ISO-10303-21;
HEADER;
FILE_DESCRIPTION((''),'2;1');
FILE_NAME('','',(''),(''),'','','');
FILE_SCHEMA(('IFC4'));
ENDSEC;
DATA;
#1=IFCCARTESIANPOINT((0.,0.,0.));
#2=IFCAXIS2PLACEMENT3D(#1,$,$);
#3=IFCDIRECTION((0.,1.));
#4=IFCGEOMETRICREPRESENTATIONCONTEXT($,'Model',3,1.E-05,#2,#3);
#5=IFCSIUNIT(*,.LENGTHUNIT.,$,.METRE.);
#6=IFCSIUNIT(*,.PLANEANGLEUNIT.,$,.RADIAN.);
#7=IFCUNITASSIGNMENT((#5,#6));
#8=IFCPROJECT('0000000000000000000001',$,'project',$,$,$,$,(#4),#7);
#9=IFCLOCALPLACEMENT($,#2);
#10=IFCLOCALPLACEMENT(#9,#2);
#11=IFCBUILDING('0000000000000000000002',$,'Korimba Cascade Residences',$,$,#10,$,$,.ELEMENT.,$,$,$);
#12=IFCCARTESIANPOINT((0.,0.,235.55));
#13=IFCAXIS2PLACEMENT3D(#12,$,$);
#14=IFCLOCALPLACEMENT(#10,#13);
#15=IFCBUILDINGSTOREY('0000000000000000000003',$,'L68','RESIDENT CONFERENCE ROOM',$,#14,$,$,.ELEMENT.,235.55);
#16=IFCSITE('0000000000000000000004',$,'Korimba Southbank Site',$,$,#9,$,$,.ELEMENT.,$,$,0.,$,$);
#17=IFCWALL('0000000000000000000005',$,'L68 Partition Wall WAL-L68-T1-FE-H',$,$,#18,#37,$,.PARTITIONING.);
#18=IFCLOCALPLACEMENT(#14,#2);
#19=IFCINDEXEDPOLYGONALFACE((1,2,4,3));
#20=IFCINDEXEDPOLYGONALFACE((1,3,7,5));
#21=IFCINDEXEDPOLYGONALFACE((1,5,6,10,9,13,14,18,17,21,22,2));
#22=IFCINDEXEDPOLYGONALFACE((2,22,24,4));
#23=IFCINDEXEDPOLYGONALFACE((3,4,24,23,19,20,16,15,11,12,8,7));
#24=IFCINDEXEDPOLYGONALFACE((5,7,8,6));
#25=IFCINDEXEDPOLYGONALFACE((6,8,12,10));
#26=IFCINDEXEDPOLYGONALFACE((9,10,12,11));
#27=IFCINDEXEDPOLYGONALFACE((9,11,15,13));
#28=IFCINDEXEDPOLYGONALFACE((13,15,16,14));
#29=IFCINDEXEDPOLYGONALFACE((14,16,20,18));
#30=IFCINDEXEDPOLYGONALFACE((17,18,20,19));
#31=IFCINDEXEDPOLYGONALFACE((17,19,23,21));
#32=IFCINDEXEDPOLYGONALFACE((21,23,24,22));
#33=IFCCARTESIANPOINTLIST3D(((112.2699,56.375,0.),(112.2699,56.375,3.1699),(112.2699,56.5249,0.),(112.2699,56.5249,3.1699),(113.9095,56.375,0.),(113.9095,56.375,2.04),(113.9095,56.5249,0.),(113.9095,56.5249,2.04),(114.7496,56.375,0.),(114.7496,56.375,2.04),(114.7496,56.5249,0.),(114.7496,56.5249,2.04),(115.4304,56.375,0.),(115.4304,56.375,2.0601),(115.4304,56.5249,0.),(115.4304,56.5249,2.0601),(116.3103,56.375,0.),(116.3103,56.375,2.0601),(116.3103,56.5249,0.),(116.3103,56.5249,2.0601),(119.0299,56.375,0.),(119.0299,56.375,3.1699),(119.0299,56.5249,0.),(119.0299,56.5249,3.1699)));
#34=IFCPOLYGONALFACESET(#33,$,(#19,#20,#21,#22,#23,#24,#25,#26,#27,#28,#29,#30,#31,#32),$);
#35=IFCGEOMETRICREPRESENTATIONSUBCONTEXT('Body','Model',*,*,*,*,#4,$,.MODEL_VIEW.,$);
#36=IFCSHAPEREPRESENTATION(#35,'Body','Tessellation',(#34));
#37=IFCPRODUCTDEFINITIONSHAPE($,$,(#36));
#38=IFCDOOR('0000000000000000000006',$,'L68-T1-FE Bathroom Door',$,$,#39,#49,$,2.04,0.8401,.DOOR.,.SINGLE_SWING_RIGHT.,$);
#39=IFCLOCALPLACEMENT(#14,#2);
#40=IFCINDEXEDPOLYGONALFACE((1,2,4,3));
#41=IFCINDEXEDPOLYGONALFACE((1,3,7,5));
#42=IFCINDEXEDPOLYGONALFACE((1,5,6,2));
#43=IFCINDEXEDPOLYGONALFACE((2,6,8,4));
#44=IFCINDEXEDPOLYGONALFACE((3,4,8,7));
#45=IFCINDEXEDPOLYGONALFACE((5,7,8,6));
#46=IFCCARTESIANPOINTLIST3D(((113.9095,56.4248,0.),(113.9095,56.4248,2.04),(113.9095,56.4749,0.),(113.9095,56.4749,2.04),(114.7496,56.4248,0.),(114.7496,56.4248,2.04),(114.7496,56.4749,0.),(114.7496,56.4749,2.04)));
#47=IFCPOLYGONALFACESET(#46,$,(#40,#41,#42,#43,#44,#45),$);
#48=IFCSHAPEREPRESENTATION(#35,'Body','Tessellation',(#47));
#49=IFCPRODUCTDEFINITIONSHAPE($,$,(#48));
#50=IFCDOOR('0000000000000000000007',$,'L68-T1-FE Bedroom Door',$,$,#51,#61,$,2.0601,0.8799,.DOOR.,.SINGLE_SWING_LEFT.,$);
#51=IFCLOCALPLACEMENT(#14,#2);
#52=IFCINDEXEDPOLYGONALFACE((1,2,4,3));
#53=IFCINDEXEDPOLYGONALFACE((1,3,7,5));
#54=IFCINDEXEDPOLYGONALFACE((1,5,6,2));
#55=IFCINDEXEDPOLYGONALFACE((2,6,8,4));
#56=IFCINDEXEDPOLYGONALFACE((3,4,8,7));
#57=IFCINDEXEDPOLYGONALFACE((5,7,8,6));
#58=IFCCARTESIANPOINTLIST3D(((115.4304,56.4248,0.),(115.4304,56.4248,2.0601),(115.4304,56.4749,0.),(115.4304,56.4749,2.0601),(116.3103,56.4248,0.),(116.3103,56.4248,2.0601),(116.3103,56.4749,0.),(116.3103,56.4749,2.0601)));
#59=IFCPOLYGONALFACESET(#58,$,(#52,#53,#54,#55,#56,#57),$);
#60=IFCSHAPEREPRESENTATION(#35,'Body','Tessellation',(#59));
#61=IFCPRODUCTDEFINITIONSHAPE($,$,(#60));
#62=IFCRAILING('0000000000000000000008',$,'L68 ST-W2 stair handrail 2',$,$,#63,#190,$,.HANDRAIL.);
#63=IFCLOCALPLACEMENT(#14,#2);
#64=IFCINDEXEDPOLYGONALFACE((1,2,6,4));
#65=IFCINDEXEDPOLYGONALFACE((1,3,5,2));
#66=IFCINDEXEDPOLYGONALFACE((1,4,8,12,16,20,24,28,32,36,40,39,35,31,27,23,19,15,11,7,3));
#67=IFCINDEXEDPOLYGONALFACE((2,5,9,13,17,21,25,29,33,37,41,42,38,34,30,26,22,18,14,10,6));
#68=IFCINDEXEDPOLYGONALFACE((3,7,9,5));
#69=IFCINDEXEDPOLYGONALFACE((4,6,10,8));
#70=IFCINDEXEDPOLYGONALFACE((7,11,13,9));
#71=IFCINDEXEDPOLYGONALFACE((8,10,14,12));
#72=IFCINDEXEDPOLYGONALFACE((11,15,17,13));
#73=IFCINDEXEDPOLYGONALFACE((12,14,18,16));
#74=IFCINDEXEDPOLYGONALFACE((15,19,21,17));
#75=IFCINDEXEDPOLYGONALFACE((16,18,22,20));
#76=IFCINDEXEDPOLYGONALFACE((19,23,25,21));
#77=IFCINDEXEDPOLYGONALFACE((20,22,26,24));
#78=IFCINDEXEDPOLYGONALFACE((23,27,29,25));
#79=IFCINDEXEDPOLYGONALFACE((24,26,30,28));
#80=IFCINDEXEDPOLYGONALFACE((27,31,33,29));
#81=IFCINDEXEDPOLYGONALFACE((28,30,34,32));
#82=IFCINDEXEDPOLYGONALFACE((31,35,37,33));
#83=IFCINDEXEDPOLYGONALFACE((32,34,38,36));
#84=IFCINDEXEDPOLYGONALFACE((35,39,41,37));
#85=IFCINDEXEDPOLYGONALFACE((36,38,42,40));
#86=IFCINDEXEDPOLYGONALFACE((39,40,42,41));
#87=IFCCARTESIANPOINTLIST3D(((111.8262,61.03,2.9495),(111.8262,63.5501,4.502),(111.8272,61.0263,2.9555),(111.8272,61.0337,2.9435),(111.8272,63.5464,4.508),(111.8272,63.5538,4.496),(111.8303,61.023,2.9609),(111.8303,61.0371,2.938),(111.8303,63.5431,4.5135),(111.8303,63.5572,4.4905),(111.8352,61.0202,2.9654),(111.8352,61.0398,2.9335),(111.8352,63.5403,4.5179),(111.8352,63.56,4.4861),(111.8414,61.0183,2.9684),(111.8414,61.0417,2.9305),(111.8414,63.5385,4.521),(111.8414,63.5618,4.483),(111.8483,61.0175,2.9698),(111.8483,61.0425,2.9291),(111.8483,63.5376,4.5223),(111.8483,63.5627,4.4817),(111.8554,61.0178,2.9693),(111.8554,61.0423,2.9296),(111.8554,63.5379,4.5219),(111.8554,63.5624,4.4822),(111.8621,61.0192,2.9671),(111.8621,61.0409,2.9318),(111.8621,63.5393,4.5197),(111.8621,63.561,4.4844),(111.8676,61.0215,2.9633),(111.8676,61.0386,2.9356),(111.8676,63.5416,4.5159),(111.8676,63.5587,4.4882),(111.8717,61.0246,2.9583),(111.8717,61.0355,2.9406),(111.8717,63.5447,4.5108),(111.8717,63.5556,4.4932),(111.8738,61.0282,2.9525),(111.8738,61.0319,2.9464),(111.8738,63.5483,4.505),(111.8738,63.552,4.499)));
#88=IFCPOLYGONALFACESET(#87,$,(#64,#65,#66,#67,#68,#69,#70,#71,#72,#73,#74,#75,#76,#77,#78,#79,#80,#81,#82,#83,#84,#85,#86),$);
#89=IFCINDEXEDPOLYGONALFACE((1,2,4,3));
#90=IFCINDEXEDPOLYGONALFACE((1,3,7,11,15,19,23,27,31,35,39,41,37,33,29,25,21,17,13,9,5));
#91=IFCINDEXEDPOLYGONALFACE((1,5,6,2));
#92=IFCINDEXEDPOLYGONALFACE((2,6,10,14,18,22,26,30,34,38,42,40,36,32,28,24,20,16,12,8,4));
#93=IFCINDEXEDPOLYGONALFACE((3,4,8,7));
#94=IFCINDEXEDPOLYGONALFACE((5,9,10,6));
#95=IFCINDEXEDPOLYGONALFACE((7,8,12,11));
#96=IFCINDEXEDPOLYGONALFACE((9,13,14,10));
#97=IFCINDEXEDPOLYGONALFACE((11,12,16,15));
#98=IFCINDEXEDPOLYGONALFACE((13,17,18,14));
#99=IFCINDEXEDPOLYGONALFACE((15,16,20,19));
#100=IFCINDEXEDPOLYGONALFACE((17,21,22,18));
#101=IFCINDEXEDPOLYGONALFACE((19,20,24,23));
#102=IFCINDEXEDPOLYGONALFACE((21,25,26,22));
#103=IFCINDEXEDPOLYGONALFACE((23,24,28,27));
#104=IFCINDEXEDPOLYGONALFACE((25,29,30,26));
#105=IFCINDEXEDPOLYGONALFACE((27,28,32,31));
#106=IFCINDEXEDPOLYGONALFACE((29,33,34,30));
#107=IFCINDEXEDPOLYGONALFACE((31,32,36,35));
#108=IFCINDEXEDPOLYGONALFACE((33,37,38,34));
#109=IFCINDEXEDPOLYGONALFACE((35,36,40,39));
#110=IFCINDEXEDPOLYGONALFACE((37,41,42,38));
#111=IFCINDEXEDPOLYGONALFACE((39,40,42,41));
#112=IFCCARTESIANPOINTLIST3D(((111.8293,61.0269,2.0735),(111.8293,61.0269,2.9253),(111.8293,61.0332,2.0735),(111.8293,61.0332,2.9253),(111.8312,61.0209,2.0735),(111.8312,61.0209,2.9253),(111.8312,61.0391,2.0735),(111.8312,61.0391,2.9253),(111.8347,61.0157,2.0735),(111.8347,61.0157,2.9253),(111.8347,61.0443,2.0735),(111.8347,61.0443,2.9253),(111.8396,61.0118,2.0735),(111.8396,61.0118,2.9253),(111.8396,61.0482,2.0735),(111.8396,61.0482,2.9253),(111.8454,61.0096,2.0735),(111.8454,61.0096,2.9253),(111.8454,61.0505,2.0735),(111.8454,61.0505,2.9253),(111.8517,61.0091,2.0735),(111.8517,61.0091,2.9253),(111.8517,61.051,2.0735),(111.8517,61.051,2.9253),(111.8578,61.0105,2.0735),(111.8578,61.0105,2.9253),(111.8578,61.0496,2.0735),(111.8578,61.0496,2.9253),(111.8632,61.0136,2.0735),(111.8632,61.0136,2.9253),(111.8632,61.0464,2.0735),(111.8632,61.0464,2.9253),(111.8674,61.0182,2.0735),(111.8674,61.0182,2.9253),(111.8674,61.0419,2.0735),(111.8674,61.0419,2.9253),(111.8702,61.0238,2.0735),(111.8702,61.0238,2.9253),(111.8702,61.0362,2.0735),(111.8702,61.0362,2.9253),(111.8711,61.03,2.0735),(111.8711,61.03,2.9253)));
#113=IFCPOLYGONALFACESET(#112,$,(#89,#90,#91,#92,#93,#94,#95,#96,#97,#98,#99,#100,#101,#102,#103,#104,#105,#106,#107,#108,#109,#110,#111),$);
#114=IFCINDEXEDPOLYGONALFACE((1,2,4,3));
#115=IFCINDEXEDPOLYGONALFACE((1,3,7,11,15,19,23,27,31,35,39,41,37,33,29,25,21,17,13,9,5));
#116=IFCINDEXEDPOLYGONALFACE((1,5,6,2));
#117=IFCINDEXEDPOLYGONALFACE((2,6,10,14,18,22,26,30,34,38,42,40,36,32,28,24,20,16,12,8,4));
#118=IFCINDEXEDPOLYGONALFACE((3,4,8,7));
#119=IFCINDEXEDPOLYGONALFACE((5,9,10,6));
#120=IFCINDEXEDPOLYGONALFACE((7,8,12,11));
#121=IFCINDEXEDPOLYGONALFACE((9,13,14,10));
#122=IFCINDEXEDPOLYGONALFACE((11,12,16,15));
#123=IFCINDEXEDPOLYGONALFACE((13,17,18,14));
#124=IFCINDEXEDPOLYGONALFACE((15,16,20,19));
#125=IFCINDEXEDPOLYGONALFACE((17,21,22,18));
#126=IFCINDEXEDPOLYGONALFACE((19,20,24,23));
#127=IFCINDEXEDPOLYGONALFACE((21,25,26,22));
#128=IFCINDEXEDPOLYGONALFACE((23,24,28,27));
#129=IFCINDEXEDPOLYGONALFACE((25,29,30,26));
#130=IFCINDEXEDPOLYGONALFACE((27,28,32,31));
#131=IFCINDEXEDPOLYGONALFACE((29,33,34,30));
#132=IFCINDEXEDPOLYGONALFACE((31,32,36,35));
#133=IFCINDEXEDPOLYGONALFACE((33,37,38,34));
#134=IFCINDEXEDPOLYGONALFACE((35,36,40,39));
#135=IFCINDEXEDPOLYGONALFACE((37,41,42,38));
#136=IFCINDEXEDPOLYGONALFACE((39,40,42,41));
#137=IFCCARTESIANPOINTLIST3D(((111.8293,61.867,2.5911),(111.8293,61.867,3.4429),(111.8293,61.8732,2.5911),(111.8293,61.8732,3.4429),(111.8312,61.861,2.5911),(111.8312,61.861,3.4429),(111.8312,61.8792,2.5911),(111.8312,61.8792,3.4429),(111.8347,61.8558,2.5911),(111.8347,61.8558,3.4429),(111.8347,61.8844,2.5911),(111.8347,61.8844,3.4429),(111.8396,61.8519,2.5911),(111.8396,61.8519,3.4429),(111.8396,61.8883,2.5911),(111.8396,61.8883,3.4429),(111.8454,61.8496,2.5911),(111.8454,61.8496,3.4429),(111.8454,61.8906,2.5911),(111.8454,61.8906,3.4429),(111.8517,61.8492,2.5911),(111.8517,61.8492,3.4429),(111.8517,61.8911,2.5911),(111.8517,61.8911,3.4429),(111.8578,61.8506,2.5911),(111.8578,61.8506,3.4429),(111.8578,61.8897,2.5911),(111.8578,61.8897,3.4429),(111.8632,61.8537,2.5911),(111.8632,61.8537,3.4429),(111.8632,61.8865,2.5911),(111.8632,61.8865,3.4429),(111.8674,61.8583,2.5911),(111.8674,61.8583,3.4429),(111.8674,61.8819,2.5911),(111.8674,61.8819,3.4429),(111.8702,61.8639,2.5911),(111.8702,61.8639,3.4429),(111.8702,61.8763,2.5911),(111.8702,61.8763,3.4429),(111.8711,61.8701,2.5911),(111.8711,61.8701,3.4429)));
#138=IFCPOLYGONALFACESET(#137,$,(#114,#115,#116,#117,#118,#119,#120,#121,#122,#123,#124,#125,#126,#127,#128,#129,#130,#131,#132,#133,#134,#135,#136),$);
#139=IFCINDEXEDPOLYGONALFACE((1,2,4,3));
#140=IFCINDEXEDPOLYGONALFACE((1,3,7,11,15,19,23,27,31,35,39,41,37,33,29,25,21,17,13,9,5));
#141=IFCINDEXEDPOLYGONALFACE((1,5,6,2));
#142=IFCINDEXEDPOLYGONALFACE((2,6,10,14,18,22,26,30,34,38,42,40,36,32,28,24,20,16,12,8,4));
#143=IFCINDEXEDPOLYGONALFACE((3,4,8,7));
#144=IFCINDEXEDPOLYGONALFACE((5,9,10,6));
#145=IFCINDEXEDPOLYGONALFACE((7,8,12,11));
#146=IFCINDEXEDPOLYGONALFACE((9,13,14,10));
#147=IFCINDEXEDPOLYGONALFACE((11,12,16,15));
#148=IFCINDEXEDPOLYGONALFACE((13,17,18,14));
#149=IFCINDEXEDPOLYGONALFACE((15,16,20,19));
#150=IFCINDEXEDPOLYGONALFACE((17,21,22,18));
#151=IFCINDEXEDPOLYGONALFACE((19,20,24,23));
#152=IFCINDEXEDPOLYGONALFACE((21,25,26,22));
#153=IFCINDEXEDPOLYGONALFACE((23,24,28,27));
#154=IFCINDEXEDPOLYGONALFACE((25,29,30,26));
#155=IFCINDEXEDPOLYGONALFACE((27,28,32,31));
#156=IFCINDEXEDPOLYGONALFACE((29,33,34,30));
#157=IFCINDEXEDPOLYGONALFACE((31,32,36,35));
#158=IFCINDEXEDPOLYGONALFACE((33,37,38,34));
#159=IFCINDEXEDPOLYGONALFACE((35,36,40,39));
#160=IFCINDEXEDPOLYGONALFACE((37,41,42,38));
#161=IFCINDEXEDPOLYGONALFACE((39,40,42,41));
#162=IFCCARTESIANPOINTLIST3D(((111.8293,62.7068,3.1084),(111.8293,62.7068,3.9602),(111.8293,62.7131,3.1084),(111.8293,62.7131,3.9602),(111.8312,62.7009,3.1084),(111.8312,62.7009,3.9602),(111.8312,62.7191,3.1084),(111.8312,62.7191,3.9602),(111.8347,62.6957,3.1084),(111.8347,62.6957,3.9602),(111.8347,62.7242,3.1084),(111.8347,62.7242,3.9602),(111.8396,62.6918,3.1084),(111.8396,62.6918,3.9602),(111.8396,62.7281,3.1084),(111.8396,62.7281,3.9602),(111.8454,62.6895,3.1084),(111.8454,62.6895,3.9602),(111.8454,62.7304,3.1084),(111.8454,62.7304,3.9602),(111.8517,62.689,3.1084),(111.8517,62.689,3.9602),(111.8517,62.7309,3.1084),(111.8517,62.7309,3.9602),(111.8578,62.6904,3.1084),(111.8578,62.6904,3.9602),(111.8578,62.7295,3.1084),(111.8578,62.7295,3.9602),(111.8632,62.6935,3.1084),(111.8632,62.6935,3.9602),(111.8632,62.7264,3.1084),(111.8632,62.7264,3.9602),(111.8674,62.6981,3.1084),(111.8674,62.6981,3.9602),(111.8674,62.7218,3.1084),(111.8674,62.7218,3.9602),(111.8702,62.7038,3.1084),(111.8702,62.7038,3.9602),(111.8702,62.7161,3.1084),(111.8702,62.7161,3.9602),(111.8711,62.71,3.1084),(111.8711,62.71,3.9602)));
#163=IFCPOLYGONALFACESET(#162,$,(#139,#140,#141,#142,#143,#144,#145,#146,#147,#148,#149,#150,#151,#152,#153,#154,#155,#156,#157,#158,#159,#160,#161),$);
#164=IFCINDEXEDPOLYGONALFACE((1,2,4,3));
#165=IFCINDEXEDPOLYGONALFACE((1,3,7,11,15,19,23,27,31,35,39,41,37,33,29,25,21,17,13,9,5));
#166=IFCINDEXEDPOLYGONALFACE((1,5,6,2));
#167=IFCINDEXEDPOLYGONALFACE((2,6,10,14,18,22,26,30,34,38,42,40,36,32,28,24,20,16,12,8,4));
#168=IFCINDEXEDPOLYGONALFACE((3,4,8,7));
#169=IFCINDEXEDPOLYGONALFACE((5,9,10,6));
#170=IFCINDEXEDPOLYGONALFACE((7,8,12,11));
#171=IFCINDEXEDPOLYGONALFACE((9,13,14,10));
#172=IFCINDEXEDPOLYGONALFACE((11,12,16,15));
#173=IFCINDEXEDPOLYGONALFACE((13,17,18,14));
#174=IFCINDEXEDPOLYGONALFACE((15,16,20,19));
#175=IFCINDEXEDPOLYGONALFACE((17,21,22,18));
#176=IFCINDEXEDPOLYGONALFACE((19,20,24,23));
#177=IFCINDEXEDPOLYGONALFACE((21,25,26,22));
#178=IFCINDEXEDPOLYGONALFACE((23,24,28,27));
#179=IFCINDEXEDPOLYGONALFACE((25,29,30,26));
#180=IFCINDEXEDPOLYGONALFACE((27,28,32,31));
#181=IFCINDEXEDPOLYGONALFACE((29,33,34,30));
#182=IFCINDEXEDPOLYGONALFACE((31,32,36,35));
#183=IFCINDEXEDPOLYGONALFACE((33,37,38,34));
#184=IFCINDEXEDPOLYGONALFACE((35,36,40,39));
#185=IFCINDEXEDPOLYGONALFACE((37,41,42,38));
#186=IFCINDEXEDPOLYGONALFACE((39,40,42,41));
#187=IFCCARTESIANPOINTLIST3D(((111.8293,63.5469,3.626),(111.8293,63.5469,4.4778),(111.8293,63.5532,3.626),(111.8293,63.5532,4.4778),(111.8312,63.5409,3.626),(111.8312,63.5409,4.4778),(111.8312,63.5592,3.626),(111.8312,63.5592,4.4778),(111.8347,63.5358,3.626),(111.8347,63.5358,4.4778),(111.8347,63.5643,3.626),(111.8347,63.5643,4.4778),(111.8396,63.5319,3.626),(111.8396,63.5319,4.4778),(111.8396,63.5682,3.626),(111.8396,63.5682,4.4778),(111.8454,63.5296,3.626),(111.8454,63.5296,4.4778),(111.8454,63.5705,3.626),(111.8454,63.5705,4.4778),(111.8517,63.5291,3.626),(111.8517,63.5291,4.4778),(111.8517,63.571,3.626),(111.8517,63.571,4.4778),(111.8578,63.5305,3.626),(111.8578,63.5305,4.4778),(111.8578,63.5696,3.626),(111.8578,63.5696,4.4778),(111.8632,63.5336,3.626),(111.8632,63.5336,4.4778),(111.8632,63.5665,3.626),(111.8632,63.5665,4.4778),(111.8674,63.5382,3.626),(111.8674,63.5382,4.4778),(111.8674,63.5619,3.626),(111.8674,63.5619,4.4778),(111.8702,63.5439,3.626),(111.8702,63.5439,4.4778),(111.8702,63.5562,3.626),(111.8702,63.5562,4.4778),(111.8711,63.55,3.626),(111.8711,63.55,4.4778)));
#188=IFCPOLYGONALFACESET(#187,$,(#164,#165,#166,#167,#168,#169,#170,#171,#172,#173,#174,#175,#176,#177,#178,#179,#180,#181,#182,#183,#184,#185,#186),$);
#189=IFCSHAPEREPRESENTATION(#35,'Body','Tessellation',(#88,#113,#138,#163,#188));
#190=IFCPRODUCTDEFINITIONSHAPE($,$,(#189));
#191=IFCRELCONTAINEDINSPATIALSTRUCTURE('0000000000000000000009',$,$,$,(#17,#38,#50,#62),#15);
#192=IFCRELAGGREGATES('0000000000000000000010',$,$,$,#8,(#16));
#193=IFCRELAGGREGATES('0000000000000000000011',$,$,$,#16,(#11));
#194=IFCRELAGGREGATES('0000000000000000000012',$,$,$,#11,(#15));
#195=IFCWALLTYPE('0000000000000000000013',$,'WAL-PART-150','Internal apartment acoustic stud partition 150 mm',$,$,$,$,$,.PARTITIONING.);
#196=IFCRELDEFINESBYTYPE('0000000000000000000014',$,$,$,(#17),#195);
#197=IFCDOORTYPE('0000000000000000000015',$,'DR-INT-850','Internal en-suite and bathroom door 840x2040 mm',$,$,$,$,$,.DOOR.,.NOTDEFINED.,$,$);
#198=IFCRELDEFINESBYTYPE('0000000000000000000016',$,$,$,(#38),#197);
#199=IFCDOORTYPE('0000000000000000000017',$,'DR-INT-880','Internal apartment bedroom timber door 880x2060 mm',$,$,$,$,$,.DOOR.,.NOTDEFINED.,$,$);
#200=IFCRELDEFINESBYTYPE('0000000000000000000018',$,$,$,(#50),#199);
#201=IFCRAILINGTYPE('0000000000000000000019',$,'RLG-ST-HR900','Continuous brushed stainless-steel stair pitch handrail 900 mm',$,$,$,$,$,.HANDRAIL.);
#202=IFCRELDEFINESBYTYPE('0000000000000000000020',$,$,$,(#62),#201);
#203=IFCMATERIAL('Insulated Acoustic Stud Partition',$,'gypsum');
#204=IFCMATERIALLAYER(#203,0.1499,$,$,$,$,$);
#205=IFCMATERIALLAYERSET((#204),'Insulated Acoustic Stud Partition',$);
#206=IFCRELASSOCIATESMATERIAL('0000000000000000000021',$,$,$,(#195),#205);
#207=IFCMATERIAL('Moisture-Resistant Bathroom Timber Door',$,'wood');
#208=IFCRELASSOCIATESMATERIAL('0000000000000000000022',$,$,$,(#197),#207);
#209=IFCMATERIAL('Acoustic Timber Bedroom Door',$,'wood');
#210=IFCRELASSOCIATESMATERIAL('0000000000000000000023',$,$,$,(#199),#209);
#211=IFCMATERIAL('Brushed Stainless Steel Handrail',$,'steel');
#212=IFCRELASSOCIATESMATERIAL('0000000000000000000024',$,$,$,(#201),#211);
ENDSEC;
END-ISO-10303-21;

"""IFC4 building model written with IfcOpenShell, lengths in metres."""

from ifc_helpers import new_model, si_unit, direction, frame, frame_2d, origin, origin_2d, place, context, subcontext, project, spatial, rectangle, circle, extrude, material, layer, layer_set, type_object, element, fill, save


model = new_model("IFC4")

# Units and contexts
model_context = context("Model", 3, precision=1e-05, world=origin(), true_north=direction((0.0, 1.0)))
body_context = subcontext(model_context, "Body", "Model", "MODEL_VIEW")
ifc_project = project(units=[si_unit("LENGTHUNIT", "METRE"), si_unit("PLANEANGLEUNIT", "RADIAN")], contexts=[model_context])

# Site, building, storey
site_placement = place(None, origin())
site = spatial("IfcSite", under=ifc_project, at=site_placement, Name="Korimba Southbank Site", CompositionType="ELEMENT", RefElevation=0.0)
building_placement = place(site_placement, origin())
building = spatial("IfcBuilding", under=site, at=building_placement, Name="Korimba Cascade Residences", CompositionType="ELEMENT")
storey_placement = place(building_placement, frame((0.0, 0.0, 235.55)))
storey = spatial("IfcBuildingStorey", under=building, at=storey_placement, Name="L68", Description="RESIDENT CONFERENCE ROOM", CompositionType="ELEMENT", Elevation=235.55)

# Shared definitions
ifc_material_1 = material(Name="Insulated Acoustic Stud Partition", Category="gypsum")
ifc_layer_1 = layer(ifc_material_1, 0.1499)
ifc_layer_set_1 = layer_set([ifc_layer_1], Name="Insulated Acoustic Stud Partition")
wall_type_1 = type_object("IfcWallType", Name="WAL-PART-150", Description="Internal apartment acoustic stud partition 150 mm", PredefinedType="PARTITIONING", material=ifc_layer_set_1)
ifc_material_2 = material(Name="Moisture-Resistant Bathroom Timber Door", Category="wood")
door_type_1 = type_object("IfcDoorType", Name="DR-INT-850", Description="Internal en-suite and bathroom door 840x2040 mm", OperationType="NOTDEFINED", PredefinedType="DOOR", material=ifc_material_2)
ifc_material_3 = material(Name="Acoustic Timber Bedroom Door", Category="wood")
door_type_2 = type_object("IfcDoorType", Name="DR-INT-880", Description="Internal apartment bedroom timber door 880x2060 mm", OperationType="NOTDEFINED", PredefinedType="DOOR", material=ifc_material_3)

# Wall, openings, doors
wall_1_placement = place(storey_placement, frame((112.27, 56.45, 0.0), z_axis=(0.0, 0.0, 1.0), x_axis=(1.0, 0.0, 0.0)))
wall_1 = element("IfcWall", 1, at=wall_1_placement, inside=storey, type_object=wall_type_1, Name="L68 Partition Wall WAL-L68-T1-FE-H", PredefinedType="PARTITIONING", context=body_context, shape_type="SweptSolid", body=[
    extrude(rectangle(XDim=6.76, YDim=0.1499, at=frame_2d((3.3799, 0.0))), origin(), (0.0, 0.0, 1.0), 3.1699),
])
opening_1_placement = place(wall_1_placement, frame((1.6396, 0.0, 0.0)))
opening_1 = element("IfcOpeningElement", 2, at=opening_1_placement, cuts=wall_1, PredefinedType="OPENING", context=body_context, shape_type="SweptSolid", body=[
    extrude(rectangle(XDim=0.8401, YDim=2.04, at=frame_2d((0.4199, 1.02))), frame((0.0, 0.085, 0.0), z_axis=(0.0, -1.0, 0.0), x_axis=(1.0, 0.0, 0.0)), (0.0, 0.0, 1.0), 0.1699),
])
opening_2_placement = place(wall_1_placement, frame((3.1604, 0.0, 0.0)))
opening_2 = element("IfcOpeningElement", 3, at=opening_2_placement, cuts=wall_1, PredefinedType="OPENING", context=body_context, shape_type="SweptSolid", body=[
    extrude(rectangle(XDim=0.8799, YDim=2.0601, at=frame_2d((0.4399, 1.03))), frame((0.0, 0.085, 0.0), z_axis=(0.0, -1.0, 0.0), x_axis=(1.0, 0.0, 0.0)), (0.0, 0.0, 1.0), 0.1699),
])
door_1_placement = place(opening_1_placement, origin())
door_1 = element("IfcDoor", 4, at=door_1_placement, inside=storey, type_object=door_type_1, Name="L68-T1-FE Bathroom Door", OperationType="SINGLE_SWING_RIGHT", OverallHeight=2.04, OverallWidth=0.8401, PredefinedType="DOOR", context=body_context, shape_type="SweptSolid", body=[
    extrude(rectangle(XDim=0.8401, YDim=2.04, at=frame_2d((0.4199, 1.02))), frame((0.0, 0.0249, 0.0), z_axis=(0.0, -1.0, 0.0), x_axis=(1.0, 0.0, 0.0)), (0.0, 0.0, 1.0), 0.05),
])
fill(opening_1, door_1)
door_2_placement = place(opening_2_placement, origin())
door_2 = element("IfcDoor", 5, at=door_2_placement, inside=storey, type_object=door_type_2, Name="L68-T1-FE Bedroom Door", OperationType="SINGLE_SWING_LEFT", OverallHeight=2.0601, OverallWidth=0.8799, PredefinedType="DOOR", context=body_context, shape_type="SweptSolid", body=[
    extrude(rectangle(XDim=0.8799, YDim=2.0601, at=frame_2d((0.4399, 1.03))), frame((0.0, 0.0249, 0.0), z_axis=(0.0, -1.0, 0.0), x_axis=(1.0, 0.0, 0.0)), (0.0, 0.0, 1.0), 0.05),
])
fill(opening_2, door_2)

# Railing
ifc_material_4 = material(Name="Brushed Stainless Steel Handrail", Category="steel")
railing_type = type_object("IfcRailingType", Name="RLG-ST-HR900", Description="Continuous brushed stainless-steel stair pitch handrail 900 mm", PredefinedType="HANDRAIL", material=ifc_material_4)
railing_placement = place(storey_placement, frame((111.8501, 61.03, 2.0735)))
element("IfcRailing", 6, at=railing_placement, inside=storey, type_object=railing_type, Name="L68 ST-W2 stair handrail 2", PredefinedType="HANDRAIL", context=body_context, shape_type="SweptSolid", body=[
    extrude(circle(Radius=0.0239, at=origin_2d()), frame((0.0, 0.0, 0.876), z_axis=(0.0, 0.8514, 0.524516), x_axis=(-1.0, 0.0, 0.0)), (0.0, 0.0, 1.0), 2.96),
    extrude(circle(Radius=0.021, at=origin_2d()), origin(), (0.0, 0.0, 1.0), 0.8518),
    extrude(circle(Radius=0.021, at=origin_2d()), frame((0.0, 0.8401, 0.5176)), (0.0, 0.0, 1.0), 0.8518),
    extrude(circle(Radius=0.021, at=origin_2d()), frame((0.0, 1.6799, 1.0349)), (0.0, 0.0, 1.0), 0.8518),
    extrude(circle(Radius=0.021, at=origin_2d()), frame((0.0, 2.52, 1.5525)), (0.0, 0.0, 1.0), 0.8518),
])

save(model, "model.ifc")
